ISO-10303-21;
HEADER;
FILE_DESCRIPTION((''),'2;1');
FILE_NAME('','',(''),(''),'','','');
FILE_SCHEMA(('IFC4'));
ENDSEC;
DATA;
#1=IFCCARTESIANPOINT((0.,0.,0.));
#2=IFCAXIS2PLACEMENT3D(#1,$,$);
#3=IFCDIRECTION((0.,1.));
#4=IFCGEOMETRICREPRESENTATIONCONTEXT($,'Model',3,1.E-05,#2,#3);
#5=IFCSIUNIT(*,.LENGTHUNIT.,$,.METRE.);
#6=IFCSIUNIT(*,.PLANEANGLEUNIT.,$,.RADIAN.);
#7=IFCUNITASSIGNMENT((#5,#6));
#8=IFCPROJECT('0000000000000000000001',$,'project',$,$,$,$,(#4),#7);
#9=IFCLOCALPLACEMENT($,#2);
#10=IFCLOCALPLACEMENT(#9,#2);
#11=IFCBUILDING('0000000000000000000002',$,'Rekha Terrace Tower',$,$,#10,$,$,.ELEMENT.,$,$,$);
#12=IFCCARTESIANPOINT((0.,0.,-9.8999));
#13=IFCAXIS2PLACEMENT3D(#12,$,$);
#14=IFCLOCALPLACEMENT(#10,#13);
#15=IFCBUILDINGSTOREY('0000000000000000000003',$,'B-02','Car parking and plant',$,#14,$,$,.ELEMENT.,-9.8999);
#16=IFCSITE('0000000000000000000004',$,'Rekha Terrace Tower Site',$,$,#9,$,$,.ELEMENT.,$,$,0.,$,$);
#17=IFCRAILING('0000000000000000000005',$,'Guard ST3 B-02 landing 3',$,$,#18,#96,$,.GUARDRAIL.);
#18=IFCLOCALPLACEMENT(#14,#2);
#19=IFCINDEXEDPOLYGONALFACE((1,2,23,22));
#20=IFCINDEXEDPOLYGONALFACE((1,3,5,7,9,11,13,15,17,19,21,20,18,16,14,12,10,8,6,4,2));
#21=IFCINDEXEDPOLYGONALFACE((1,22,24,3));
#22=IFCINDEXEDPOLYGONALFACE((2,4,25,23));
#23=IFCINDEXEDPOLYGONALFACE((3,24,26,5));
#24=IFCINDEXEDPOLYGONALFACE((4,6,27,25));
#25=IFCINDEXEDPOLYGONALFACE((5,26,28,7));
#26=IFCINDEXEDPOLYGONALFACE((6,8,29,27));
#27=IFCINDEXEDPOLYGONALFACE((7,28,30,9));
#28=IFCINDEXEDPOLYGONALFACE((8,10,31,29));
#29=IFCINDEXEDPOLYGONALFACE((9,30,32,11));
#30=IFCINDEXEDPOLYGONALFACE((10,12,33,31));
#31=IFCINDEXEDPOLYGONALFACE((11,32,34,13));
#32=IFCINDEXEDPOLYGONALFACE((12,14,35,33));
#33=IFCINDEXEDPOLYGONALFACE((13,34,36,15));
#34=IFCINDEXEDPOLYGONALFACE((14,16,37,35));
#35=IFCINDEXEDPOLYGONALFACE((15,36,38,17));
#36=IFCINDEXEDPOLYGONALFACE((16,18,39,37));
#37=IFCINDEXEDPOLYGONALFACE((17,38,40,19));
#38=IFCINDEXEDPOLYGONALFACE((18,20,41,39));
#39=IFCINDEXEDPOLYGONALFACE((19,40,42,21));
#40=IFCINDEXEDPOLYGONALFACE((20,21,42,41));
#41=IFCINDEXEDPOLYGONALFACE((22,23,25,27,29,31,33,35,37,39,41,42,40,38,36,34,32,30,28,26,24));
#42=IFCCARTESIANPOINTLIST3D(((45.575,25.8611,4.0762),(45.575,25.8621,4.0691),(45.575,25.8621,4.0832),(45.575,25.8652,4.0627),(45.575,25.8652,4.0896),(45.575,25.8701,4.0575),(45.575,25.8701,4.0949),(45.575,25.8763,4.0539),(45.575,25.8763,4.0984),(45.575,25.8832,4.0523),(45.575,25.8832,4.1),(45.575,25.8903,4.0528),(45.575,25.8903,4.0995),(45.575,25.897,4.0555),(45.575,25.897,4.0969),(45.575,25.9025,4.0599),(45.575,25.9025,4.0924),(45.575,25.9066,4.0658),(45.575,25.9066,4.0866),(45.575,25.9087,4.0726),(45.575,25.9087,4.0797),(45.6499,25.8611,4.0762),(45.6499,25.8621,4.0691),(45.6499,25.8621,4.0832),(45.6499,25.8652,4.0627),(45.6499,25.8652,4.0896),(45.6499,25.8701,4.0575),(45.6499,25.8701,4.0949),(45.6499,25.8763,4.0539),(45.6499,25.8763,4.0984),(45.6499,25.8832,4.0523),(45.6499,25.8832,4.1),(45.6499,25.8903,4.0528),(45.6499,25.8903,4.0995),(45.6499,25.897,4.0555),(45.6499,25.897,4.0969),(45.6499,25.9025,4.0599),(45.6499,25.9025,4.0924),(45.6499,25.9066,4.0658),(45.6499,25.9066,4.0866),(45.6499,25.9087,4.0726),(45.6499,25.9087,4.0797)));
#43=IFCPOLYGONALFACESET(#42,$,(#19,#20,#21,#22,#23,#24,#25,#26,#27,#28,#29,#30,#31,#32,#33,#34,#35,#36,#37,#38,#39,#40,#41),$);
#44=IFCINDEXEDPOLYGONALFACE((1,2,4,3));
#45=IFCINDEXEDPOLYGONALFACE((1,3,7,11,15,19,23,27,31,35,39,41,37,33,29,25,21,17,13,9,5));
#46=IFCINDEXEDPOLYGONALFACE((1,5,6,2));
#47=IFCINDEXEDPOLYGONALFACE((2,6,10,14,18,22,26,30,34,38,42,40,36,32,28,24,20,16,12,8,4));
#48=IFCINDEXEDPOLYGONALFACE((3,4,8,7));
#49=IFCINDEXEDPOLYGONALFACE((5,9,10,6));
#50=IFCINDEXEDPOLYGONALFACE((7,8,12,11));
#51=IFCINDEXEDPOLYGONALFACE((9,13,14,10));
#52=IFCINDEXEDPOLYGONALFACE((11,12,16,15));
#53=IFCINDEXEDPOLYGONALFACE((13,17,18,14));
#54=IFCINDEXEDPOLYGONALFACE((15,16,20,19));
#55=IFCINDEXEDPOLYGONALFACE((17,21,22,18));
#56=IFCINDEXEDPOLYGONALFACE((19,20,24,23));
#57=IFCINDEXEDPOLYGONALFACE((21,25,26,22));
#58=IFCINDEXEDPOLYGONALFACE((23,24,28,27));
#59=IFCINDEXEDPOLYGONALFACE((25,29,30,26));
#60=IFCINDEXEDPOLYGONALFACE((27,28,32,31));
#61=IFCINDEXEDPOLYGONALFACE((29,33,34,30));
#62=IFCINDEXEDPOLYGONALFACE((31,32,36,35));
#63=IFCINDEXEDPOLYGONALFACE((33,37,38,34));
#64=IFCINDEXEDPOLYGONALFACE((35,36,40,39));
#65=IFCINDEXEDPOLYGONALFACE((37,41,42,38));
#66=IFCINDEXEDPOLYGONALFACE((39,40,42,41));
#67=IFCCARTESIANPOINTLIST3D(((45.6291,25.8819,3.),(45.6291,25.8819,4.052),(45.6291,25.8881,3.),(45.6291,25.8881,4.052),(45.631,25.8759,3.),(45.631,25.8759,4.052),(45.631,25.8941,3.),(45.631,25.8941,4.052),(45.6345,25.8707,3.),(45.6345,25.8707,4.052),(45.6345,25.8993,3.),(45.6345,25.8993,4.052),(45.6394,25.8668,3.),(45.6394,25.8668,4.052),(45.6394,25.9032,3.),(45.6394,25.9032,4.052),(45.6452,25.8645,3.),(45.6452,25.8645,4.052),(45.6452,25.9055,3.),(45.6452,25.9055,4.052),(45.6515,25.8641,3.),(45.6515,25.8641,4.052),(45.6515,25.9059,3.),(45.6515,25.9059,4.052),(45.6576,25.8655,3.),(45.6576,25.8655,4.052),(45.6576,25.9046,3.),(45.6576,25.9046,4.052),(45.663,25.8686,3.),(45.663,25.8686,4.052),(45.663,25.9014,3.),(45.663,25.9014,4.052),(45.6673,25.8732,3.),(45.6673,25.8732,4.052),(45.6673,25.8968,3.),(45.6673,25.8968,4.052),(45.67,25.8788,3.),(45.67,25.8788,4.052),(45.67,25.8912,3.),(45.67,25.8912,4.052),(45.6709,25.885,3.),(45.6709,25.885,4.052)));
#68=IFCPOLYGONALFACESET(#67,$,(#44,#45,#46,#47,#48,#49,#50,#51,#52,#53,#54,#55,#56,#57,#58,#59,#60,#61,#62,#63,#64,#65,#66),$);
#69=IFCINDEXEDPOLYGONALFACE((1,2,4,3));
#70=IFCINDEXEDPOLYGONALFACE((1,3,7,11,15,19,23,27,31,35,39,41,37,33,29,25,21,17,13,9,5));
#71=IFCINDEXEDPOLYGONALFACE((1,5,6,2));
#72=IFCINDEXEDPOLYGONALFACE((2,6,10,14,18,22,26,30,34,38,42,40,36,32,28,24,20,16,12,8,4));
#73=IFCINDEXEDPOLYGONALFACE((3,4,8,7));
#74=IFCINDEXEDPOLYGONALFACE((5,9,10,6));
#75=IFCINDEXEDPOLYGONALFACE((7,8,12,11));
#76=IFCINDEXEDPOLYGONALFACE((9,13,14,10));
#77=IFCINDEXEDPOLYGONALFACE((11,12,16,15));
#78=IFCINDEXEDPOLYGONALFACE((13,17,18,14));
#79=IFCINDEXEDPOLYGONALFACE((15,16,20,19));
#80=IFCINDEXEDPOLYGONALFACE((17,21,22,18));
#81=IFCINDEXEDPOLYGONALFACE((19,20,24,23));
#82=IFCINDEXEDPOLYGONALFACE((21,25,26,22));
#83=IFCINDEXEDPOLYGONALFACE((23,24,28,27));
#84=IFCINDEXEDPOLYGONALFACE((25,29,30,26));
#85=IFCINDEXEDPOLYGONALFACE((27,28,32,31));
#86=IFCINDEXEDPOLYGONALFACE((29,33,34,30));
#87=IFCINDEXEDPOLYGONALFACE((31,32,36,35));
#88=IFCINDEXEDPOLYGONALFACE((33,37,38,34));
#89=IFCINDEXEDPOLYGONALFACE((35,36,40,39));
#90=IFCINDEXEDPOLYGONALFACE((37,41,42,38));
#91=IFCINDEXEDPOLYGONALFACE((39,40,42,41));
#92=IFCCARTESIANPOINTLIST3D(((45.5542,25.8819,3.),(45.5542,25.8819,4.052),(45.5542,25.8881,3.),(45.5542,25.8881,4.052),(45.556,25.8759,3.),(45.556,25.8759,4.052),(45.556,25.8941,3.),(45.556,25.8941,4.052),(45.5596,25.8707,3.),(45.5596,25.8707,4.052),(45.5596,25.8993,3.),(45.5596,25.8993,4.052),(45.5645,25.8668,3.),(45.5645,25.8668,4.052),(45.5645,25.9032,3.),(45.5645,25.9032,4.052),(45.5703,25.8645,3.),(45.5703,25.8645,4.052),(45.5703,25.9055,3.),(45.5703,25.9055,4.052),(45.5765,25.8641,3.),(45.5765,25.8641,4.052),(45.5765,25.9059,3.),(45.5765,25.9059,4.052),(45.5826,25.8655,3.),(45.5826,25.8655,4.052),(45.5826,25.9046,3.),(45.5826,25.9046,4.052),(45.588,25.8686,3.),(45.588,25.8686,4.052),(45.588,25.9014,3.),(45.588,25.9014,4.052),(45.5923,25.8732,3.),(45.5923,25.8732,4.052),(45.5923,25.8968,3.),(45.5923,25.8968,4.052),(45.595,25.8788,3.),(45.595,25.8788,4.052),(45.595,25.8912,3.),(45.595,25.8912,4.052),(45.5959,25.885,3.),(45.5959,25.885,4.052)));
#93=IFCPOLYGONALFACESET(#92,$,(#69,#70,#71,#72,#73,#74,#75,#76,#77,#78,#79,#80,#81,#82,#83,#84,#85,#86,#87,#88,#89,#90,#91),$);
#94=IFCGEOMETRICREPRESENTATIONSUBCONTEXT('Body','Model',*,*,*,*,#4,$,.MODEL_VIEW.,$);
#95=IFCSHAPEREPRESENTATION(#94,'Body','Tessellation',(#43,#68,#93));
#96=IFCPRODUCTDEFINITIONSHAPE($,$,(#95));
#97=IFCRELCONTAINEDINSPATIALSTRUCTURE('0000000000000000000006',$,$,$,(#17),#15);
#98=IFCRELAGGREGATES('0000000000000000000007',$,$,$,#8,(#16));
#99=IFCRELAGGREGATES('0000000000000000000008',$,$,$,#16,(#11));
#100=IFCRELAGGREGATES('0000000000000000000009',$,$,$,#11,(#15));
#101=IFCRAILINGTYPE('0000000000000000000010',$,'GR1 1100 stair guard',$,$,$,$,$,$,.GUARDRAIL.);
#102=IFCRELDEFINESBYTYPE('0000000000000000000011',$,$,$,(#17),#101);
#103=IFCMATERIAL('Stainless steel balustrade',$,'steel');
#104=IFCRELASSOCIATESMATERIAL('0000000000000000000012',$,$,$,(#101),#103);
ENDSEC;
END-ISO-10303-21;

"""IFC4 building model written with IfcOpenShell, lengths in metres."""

from ifc_helpers import new_model, si_unit, direction, frame, origin, origin_2d, place, context, subcontext, project, spatial, circle, extrude, material, type_object, element, save


model = new_model("IFC4")

# Units and contexts
model_context = context("Model", 3, precision=1e-05, world=origin(), true_north=direction((0.0, 1.0)))
body_context = subcontext(model_context, "Body", "Model", "MODEL_VIEW")
ifc_project = project(units=[si_unit("LENGTHUNIT", "METRE"), si_unit("PLANEANGLEUNIT", "RADIAN")], contexts=[model_context])

# Site, building, storey
site_placement = place(None, origin())
site = spatial("IfcSite", under=ifc_project, at=site_placement, Name="Rekha Terrace Tower Site", CompositionType="ELEMENT", RefElevation=0.0)
building_placement = place(site_placement, origin())
building = spatial("IfcBuilding", under=site, at=building_placement, Name="Rekha Terrace Tower", CompositionType="ELEMENT")
storey_placement = place(building_placement, frame((0.0, 0.0, -9.8999)))
storey = spatial("IfcBuildingStorey", under=building, at=storey_placement, Name="B-02", Description="Car parking and plant", CompositionType="ELEMENT", Elevation=-9.8999)

# Railing
ifc_material_1 = material(Name="Stainless steel balustrade", Category="steel")
railing_type_1 = type_object("IfcRailingType", Name="GR1 1100 stair guard", PredefinedType="GUARDRAIL", material=ifc_material_1)
railing_1_placement = place(storey_placement, frame((45.6499, 25.885, 3.0)))
element("IfcRailing", 1, at=railing_1_placement, inside=storey, type_object=railing_type_1, Name="Guard ST3 B-02 landing 3", PredefinedType="GUARDRAIL", context=body_context, shape_type="SweptSolid", body=[
    extrude(circle(Radius=0.0239, at=origin_2d()), frame((0.0, 0.0, 1.0762), z_axis=(-1.0, 0.0, 0.0), x_axis=(0.0, -1.0, 0.0)), (0.0, 0.0, 1.0), 0.075),
    extrude(circle(Radius=0.021, at=origin_2d()), origin(), (0.0, 0.0, 1.0), 1.052),
    extrude(circle(Radius=0.021, at=origin_2d()), frame((-0.075, 0.0, 0.0)), (0.0, 0.0, 1.0), 1.052),
])

save(model, "model.ifc")
